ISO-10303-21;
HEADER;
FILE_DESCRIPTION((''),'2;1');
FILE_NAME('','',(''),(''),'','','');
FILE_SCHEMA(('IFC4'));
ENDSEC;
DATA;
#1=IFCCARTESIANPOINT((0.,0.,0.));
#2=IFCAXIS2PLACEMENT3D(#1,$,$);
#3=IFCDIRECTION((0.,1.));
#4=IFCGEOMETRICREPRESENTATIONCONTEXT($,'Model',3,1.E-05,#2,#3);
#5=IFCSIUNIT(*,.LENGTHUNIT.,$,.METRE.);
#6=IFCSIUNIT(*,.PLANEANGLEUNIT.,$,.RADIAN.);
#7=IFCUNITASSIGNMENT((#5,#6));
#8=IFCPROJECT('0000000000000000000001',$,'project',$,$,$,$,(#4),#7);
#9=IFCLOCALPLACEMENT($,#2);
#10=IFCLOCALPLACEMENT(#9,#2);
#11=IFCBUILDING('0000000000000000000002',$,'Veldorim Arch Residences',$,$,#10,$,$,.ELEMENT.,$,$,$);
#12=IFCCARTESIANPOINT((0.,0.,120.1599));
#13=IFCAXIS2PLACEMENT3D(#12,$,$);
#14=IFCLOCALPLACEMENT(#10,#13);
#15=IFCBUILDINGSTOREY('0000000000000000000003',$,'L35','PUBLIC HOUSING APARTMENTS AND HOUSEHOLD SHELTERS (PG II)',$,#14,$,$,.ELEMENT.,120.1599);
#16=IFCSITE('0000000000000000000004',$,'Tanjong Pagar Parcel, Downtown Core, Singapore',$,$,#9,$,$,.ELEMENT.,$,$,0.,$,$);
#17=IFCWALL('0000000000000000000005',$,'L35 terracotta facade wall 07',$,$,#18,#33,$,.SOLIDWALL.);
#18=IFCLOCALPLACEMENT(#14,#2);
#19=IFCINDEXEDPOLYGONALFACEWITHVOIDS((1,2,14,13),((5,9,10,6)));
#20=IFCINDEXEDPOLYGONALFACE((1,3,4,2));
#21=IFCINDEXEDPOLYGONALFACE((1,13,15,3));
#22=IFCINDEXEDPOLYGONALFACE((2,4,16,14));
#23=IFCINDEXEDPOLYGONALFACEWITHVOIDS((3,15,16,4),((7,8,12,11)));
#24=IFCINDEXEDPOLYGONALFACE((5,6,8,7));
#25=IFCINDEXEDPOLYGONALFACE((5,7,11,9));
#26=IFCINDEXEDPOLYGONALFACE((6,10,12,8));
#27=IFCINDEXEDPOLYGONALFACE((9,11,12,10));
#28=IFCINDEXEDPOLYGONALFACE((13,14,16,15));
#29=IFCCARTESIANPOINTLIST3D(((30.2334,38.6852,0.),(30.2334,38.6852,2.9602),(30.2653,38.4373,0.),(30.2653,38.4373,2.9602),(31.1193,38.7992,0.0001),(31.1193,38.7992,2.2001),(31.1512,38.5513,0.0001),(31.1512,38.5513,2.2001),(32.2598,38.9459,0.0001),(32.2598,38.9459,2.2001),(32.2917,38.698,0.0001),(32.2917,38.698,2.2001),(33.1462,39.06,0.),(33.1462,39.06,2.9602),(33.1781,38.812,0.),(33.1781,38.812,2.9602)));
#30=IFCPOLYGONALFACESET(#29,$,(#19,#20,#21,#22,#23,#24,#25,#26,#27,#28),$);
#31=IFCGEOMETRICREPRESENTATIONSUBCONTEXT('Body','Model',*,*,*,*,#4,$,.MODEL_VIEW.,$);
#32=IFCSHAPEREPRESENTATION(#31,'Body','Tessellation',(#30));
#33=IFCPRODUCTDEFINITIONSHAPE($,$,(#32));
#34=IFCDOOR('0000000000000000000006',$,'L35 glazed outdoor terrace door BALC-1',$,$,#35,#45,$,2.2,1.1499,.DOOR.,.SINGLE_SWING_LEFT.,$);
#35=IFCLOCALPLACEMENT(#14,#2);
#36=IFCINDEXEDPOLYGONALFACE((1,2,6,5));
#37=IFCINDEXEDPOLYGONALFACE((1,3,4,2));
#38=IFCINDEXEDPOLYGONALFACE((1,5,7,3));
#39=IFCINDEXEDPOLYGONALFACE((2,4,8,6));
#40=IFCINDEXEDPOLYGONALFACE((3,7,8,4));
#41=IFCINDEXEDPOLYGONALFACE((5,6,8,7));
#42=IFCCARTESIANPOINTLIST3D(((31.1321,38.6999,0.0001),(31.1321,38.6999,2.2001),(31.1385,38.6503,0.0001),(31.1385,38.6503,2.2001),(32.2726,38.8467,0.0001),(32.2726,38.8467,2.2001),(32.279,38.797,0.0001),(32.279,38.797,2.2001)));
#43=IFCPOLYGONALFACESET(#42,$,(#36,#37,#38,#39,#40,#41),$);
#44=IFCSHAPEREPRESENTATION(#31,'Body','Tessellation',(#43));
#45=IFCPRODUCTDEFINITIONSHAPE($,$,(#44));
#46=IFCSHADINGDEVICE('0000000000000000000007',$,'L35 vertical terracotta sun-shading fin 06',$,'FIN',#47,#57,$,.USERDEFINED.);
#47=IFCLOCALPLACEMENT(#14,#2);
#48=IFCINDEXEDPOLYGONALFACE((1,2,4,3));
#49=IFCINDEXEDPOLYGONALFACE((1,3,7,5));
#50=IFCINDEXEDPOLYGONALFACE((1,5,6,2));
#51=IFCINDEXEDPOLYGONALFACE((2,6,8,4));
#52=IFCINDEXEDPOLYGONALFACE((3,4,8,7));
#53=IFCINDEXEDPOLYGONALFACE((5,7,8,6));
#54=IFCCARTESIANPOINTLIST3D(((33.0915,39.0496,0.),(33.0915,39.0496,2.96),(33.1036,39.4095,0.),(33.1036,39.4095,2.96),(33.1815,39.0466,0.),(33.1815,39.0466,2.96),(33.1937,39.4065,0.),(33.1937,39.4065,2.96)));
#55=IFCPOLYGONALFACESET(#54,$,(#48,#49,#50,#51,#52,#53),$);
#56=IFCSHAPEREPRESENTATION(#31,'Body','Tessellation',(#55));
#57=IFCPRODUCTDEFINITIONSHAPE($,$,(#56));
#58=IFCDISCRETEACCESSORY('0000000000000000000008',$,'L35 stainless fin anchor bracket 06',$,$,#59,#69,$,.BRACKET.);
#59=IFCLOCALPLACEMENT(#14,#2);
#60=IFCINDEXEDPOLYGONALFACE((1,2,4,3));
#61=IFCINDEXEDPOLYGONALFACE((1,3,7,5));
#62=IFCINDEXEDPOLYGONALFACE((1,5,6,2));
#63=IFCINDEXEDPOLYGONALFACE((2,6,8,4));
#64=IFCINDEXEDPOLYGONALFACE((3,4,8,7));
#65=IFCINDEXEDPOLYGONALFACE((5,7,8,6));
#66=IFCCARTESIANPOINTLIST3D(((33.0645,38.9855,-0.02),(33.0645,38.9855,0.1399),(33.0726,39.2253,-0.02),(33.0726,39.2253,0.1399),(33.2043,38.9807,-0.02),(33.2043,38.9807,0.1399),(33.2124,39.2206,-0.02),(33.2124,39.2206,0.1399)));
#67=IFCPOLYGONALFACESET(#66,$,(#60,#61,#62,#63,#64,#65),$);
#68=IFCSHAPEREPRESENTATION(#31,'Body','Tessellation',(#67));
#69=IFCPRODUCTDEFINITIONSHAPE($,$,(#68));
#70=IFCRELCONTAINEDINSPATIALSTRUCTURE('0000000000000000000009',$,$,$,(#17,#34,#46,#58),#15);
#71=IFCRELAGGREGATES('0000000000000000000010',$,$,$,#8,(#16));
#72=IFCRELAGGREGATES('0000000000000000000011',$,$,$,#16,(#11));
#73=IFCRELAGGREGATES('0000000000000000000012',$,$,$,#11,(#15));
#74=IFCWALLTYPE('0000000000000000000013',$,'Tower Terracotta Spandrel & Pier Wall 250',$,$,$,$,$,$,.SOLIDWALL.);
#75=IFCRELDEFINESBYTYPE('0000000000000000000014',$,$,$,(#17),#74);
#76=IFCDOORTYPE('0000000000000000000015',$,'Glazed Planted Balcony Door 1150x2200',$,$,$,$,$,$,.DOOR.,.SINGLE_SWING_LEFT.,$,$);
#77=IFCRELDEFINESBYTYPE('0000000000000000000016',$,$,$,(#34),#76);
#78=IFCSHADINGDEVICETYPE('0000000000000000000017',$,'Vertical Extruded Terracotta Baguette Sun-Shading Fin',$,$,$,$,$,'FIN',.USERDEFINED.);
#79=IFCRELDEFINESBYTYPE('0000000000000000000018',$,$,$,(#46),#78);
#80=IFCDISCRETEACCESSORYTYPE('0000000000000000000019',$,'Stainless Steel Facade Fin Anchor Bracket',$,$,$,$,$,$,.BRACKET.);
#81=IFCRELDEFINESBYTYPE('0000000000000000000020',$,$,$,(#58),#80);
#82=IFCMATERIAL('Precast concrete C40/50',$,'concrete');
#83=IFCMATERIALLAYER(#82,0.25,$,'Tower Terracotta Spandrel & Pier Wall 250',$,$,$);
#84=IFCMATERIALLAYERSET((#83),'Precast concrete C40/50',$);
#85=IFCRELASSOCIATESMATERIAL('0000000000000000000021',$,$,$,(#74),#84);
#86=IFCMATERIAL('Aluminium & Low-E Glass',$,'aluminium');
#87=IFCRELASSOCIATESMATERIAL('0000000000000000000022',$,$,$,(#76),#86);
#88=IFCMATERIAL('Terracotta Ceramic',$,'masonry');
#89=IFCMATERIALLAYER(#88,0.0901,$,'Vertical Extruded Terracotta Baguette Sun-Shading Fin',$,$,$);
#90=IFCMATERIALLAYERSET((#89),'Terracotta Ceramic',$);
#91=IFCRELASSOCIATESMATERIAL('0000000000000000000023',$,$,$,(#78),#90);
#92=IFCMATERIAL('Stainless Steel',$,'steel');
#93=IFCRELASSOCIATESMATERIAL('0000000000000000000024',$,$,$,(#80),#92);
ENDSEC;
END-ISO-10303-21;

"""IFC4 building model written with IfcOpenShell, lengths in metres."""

from ifc_helpers import new_model, si_unit, direction, frame, frame_2d, origin, origin_2d, place, context, subcontext, project, spatial, rectangle, extrude, material, layer, layer_set, type_object, element, fill, save


model = new_model("IFC4")

# Units and contexts
model_context = context("Model", 3, precision=1e-05, world=origin(), true_north=direction((0.0, 1.0)))
body_context = subcontext(model_context, "Body", "Model", "MODEL_VIEW")
ifc_project = project(units=[si_unit("LENGTHUNIT", "METRE"), si_unit("PLANEANGLEUNIT", "RADIAN")], contexts=[model_context])

# Site, building, storey
site_placement = place(None, origin())
site = spatial("IfcSite", under=ifc_project, at=site_placement, Name="Tanjong Pagar Parcel, Downtown Core, Singapore", CompositionType="ELEMENT", RefElevation=0.0)
building_placement = place(site_placement, origin())
building = spatial("IfcBuilding", under=site, at=building_placement, Name="Veldorim Arch Residences", CompositionType="ELEMENT")
storey_placement = place(building_placement, frame((0.0, 0.0, 120.1599)))
storey = spatial("IfcBuildingStorey", under=building, at=storey_placement, Name="L35", Description="PUBLIC HOUSING APARTMENTS AND HOUSEHOLD SHELTERS (PG II)", CompositionType="ELEMENT", Elevation=120.1599)

# Shared definitions
ifc_material_1 = material(Name="Precast concrete C40/50", Category="concrete")
ifc_layer_1 = layer(ifc_material_1, 0.25, Name="Tower Terracotta Spandrel & Pier Wall 250")
ifc_layer_set_1 = layer_set([ifc_layer_1], Name="Precast concrete C40/50")
wall_type_1 = type_object("IfcWallType", Name="Tower Terracotta Spandrel & Pier Wall 250", PredefinedType="SOLIDWALL", material=ifc_layer_set_1)

# Wall, opening, door
wall_1_placement = place(storey_placement, frame((30.2495, 38.5613, 0.0), z_axis=(0.0, 0.0, 1.0), x_axis=(0.991825, 0.127605, 0.0)))
wall_1 = element("IfcWall", 1, at=wall_1_placement, inside=storey, type_object=wall_type_1, Name="L35 terracotta facade wall 07", PredefinedType="SOLIDWALL", context=body_context, shape_type="SweptSolid", body=[
    extrude(rectangle(XDim=2.9368, YDim=0.25, at=frame_2d((1.4683, 0.0))), origin(), (0.0, 0.0, 1.0), 2.9602),
])
opening_1_placement = place(wall_1_placement, frame((0.8931, 0.0, 0.0)))
opening_1 = element("IfcOpeningElement", 2, at=opening_1_placement, cuts=wall_1, PredefinedType="OPENING", context=body_context, shape_type="SweptSolid", body=[
    extrude(rectangle(XDim=1.1499, YDim=2.2, at=frame_2d((0.575, 1.1001))), frame((0.0, 0.135, 0.0), z_axis=(0.0, -1.0, 0.0), x_axis=(1.0, 0.0, 0.0)), (0.0, 0.0, 1.0), 0.27),
])
ifc_material_2 = material(Name="Aluminium & Low-E Glass", Category="aluminium")
door_type_1 = type_object("IfcDoorType", Name="Glazed Planted Balcony Door 1150x2200", OperationType="SINGLE_SWING_LEFT", PredefinedType="DOOR", material=ifc_material_2)
door_1_placement = place(opening_1_placement, origin())
door_1 = element("IfcDoor", 3, at=door_1_placement, inside=storey, type_object=door_type_1, Name="L35 glazed outdoor terrace door BALC-1", OperationType="SINGLE_SWING_LEFT", OverallHeight=2.2, OverallWidth=1.1499, PredefinedType="DOOR", context=body_context, shape_type="SweptSolid", body=[
    extrude(rectangle(XDim=1.1499, YDim=2.2, at=frame_2d((0.575, 1.1001))), frame((0.0, 0.0249, 0.0), z_axis=(0.0, -1.0, 0.0), x_axis=(1.0, 0.0, 0.0)), (0.0, 0.0, 1.0), 0.05),
])
fill(opening_1, door_1)

# Shading device
ifc_material_3 = material(Name="Terracotta Ceramic", Category="masonry")
ifc_layer_2 = layer(ifc_material_3, 0.0901, Name="Vertical Extruded Terracotta Baguette Sun-Shading Fin")
ifc_layer_set_2 = layer_set([ifc_layer_2], Name="Terracotta Ceramic")
shading_device_type = type_object("IfcShadingDeviceType", Name="Vertical Extruded Terracotta Baguette Sun-Shading Fin", ElementType="FIN", PredefinedType="USERDEFINED", material=ifc_layer_set_2)
shading_device_placement = place(storey_placement, frame((33.1426, 39.228, 0.0), z_axis=(0.0, 0.0, 1.0), x_axis=(0.999433, -0.033678, 0.0)))
element("IfcShadingDevice", 4, at=shading_device_placement, inside=storey, type_object=shading_device_type, Name="L35 vertical terracotta sun-shading fin 06", ObjectType="FIN", PredefinedType="USERDEFINED", context=body_context, shape_type="SweptSolid", body=[
    extrude(rectangle(XDim=0.0901, YDim=0.3601, at=origin_2d()), origin(), (0.0, 0.0, 1.0), 2.96),
])

# Discrete accessory
ifc_material_4 = material(Name="Stainless Steel", Category="steel")
discrete_accessory_type = type_object("IfcDiscreteAccessoryType", Name="Stainless Steel Facade Fin Anchor Bracket", PredefinedType="BRACKET", material=ifc_material_4)
discrete_accessory_placement = place(storey_placement, frame((33.1384, 39.103, -0.02), z_axis=(0.0, 0.0, 1.0), x_axis=(0.999433, -0.033678, 0.0)))
element("IfcDiscreteAccessory", 5, at=discrete_accessory_placement, inside=storey, type_object=discrete_accessory_type, Name="L35 stainless fin anchor bracket 06", PredefinedType="BRACKET", context=body_context, shape_type="SweptSolid", body=[
    extrude(rectangle(XDim=0.1399, YDim=0.24, at=origin_2d()), origin(), (0.0, 0.0, 1.0), 0.1599),
])

save(model, "model.ifc")
